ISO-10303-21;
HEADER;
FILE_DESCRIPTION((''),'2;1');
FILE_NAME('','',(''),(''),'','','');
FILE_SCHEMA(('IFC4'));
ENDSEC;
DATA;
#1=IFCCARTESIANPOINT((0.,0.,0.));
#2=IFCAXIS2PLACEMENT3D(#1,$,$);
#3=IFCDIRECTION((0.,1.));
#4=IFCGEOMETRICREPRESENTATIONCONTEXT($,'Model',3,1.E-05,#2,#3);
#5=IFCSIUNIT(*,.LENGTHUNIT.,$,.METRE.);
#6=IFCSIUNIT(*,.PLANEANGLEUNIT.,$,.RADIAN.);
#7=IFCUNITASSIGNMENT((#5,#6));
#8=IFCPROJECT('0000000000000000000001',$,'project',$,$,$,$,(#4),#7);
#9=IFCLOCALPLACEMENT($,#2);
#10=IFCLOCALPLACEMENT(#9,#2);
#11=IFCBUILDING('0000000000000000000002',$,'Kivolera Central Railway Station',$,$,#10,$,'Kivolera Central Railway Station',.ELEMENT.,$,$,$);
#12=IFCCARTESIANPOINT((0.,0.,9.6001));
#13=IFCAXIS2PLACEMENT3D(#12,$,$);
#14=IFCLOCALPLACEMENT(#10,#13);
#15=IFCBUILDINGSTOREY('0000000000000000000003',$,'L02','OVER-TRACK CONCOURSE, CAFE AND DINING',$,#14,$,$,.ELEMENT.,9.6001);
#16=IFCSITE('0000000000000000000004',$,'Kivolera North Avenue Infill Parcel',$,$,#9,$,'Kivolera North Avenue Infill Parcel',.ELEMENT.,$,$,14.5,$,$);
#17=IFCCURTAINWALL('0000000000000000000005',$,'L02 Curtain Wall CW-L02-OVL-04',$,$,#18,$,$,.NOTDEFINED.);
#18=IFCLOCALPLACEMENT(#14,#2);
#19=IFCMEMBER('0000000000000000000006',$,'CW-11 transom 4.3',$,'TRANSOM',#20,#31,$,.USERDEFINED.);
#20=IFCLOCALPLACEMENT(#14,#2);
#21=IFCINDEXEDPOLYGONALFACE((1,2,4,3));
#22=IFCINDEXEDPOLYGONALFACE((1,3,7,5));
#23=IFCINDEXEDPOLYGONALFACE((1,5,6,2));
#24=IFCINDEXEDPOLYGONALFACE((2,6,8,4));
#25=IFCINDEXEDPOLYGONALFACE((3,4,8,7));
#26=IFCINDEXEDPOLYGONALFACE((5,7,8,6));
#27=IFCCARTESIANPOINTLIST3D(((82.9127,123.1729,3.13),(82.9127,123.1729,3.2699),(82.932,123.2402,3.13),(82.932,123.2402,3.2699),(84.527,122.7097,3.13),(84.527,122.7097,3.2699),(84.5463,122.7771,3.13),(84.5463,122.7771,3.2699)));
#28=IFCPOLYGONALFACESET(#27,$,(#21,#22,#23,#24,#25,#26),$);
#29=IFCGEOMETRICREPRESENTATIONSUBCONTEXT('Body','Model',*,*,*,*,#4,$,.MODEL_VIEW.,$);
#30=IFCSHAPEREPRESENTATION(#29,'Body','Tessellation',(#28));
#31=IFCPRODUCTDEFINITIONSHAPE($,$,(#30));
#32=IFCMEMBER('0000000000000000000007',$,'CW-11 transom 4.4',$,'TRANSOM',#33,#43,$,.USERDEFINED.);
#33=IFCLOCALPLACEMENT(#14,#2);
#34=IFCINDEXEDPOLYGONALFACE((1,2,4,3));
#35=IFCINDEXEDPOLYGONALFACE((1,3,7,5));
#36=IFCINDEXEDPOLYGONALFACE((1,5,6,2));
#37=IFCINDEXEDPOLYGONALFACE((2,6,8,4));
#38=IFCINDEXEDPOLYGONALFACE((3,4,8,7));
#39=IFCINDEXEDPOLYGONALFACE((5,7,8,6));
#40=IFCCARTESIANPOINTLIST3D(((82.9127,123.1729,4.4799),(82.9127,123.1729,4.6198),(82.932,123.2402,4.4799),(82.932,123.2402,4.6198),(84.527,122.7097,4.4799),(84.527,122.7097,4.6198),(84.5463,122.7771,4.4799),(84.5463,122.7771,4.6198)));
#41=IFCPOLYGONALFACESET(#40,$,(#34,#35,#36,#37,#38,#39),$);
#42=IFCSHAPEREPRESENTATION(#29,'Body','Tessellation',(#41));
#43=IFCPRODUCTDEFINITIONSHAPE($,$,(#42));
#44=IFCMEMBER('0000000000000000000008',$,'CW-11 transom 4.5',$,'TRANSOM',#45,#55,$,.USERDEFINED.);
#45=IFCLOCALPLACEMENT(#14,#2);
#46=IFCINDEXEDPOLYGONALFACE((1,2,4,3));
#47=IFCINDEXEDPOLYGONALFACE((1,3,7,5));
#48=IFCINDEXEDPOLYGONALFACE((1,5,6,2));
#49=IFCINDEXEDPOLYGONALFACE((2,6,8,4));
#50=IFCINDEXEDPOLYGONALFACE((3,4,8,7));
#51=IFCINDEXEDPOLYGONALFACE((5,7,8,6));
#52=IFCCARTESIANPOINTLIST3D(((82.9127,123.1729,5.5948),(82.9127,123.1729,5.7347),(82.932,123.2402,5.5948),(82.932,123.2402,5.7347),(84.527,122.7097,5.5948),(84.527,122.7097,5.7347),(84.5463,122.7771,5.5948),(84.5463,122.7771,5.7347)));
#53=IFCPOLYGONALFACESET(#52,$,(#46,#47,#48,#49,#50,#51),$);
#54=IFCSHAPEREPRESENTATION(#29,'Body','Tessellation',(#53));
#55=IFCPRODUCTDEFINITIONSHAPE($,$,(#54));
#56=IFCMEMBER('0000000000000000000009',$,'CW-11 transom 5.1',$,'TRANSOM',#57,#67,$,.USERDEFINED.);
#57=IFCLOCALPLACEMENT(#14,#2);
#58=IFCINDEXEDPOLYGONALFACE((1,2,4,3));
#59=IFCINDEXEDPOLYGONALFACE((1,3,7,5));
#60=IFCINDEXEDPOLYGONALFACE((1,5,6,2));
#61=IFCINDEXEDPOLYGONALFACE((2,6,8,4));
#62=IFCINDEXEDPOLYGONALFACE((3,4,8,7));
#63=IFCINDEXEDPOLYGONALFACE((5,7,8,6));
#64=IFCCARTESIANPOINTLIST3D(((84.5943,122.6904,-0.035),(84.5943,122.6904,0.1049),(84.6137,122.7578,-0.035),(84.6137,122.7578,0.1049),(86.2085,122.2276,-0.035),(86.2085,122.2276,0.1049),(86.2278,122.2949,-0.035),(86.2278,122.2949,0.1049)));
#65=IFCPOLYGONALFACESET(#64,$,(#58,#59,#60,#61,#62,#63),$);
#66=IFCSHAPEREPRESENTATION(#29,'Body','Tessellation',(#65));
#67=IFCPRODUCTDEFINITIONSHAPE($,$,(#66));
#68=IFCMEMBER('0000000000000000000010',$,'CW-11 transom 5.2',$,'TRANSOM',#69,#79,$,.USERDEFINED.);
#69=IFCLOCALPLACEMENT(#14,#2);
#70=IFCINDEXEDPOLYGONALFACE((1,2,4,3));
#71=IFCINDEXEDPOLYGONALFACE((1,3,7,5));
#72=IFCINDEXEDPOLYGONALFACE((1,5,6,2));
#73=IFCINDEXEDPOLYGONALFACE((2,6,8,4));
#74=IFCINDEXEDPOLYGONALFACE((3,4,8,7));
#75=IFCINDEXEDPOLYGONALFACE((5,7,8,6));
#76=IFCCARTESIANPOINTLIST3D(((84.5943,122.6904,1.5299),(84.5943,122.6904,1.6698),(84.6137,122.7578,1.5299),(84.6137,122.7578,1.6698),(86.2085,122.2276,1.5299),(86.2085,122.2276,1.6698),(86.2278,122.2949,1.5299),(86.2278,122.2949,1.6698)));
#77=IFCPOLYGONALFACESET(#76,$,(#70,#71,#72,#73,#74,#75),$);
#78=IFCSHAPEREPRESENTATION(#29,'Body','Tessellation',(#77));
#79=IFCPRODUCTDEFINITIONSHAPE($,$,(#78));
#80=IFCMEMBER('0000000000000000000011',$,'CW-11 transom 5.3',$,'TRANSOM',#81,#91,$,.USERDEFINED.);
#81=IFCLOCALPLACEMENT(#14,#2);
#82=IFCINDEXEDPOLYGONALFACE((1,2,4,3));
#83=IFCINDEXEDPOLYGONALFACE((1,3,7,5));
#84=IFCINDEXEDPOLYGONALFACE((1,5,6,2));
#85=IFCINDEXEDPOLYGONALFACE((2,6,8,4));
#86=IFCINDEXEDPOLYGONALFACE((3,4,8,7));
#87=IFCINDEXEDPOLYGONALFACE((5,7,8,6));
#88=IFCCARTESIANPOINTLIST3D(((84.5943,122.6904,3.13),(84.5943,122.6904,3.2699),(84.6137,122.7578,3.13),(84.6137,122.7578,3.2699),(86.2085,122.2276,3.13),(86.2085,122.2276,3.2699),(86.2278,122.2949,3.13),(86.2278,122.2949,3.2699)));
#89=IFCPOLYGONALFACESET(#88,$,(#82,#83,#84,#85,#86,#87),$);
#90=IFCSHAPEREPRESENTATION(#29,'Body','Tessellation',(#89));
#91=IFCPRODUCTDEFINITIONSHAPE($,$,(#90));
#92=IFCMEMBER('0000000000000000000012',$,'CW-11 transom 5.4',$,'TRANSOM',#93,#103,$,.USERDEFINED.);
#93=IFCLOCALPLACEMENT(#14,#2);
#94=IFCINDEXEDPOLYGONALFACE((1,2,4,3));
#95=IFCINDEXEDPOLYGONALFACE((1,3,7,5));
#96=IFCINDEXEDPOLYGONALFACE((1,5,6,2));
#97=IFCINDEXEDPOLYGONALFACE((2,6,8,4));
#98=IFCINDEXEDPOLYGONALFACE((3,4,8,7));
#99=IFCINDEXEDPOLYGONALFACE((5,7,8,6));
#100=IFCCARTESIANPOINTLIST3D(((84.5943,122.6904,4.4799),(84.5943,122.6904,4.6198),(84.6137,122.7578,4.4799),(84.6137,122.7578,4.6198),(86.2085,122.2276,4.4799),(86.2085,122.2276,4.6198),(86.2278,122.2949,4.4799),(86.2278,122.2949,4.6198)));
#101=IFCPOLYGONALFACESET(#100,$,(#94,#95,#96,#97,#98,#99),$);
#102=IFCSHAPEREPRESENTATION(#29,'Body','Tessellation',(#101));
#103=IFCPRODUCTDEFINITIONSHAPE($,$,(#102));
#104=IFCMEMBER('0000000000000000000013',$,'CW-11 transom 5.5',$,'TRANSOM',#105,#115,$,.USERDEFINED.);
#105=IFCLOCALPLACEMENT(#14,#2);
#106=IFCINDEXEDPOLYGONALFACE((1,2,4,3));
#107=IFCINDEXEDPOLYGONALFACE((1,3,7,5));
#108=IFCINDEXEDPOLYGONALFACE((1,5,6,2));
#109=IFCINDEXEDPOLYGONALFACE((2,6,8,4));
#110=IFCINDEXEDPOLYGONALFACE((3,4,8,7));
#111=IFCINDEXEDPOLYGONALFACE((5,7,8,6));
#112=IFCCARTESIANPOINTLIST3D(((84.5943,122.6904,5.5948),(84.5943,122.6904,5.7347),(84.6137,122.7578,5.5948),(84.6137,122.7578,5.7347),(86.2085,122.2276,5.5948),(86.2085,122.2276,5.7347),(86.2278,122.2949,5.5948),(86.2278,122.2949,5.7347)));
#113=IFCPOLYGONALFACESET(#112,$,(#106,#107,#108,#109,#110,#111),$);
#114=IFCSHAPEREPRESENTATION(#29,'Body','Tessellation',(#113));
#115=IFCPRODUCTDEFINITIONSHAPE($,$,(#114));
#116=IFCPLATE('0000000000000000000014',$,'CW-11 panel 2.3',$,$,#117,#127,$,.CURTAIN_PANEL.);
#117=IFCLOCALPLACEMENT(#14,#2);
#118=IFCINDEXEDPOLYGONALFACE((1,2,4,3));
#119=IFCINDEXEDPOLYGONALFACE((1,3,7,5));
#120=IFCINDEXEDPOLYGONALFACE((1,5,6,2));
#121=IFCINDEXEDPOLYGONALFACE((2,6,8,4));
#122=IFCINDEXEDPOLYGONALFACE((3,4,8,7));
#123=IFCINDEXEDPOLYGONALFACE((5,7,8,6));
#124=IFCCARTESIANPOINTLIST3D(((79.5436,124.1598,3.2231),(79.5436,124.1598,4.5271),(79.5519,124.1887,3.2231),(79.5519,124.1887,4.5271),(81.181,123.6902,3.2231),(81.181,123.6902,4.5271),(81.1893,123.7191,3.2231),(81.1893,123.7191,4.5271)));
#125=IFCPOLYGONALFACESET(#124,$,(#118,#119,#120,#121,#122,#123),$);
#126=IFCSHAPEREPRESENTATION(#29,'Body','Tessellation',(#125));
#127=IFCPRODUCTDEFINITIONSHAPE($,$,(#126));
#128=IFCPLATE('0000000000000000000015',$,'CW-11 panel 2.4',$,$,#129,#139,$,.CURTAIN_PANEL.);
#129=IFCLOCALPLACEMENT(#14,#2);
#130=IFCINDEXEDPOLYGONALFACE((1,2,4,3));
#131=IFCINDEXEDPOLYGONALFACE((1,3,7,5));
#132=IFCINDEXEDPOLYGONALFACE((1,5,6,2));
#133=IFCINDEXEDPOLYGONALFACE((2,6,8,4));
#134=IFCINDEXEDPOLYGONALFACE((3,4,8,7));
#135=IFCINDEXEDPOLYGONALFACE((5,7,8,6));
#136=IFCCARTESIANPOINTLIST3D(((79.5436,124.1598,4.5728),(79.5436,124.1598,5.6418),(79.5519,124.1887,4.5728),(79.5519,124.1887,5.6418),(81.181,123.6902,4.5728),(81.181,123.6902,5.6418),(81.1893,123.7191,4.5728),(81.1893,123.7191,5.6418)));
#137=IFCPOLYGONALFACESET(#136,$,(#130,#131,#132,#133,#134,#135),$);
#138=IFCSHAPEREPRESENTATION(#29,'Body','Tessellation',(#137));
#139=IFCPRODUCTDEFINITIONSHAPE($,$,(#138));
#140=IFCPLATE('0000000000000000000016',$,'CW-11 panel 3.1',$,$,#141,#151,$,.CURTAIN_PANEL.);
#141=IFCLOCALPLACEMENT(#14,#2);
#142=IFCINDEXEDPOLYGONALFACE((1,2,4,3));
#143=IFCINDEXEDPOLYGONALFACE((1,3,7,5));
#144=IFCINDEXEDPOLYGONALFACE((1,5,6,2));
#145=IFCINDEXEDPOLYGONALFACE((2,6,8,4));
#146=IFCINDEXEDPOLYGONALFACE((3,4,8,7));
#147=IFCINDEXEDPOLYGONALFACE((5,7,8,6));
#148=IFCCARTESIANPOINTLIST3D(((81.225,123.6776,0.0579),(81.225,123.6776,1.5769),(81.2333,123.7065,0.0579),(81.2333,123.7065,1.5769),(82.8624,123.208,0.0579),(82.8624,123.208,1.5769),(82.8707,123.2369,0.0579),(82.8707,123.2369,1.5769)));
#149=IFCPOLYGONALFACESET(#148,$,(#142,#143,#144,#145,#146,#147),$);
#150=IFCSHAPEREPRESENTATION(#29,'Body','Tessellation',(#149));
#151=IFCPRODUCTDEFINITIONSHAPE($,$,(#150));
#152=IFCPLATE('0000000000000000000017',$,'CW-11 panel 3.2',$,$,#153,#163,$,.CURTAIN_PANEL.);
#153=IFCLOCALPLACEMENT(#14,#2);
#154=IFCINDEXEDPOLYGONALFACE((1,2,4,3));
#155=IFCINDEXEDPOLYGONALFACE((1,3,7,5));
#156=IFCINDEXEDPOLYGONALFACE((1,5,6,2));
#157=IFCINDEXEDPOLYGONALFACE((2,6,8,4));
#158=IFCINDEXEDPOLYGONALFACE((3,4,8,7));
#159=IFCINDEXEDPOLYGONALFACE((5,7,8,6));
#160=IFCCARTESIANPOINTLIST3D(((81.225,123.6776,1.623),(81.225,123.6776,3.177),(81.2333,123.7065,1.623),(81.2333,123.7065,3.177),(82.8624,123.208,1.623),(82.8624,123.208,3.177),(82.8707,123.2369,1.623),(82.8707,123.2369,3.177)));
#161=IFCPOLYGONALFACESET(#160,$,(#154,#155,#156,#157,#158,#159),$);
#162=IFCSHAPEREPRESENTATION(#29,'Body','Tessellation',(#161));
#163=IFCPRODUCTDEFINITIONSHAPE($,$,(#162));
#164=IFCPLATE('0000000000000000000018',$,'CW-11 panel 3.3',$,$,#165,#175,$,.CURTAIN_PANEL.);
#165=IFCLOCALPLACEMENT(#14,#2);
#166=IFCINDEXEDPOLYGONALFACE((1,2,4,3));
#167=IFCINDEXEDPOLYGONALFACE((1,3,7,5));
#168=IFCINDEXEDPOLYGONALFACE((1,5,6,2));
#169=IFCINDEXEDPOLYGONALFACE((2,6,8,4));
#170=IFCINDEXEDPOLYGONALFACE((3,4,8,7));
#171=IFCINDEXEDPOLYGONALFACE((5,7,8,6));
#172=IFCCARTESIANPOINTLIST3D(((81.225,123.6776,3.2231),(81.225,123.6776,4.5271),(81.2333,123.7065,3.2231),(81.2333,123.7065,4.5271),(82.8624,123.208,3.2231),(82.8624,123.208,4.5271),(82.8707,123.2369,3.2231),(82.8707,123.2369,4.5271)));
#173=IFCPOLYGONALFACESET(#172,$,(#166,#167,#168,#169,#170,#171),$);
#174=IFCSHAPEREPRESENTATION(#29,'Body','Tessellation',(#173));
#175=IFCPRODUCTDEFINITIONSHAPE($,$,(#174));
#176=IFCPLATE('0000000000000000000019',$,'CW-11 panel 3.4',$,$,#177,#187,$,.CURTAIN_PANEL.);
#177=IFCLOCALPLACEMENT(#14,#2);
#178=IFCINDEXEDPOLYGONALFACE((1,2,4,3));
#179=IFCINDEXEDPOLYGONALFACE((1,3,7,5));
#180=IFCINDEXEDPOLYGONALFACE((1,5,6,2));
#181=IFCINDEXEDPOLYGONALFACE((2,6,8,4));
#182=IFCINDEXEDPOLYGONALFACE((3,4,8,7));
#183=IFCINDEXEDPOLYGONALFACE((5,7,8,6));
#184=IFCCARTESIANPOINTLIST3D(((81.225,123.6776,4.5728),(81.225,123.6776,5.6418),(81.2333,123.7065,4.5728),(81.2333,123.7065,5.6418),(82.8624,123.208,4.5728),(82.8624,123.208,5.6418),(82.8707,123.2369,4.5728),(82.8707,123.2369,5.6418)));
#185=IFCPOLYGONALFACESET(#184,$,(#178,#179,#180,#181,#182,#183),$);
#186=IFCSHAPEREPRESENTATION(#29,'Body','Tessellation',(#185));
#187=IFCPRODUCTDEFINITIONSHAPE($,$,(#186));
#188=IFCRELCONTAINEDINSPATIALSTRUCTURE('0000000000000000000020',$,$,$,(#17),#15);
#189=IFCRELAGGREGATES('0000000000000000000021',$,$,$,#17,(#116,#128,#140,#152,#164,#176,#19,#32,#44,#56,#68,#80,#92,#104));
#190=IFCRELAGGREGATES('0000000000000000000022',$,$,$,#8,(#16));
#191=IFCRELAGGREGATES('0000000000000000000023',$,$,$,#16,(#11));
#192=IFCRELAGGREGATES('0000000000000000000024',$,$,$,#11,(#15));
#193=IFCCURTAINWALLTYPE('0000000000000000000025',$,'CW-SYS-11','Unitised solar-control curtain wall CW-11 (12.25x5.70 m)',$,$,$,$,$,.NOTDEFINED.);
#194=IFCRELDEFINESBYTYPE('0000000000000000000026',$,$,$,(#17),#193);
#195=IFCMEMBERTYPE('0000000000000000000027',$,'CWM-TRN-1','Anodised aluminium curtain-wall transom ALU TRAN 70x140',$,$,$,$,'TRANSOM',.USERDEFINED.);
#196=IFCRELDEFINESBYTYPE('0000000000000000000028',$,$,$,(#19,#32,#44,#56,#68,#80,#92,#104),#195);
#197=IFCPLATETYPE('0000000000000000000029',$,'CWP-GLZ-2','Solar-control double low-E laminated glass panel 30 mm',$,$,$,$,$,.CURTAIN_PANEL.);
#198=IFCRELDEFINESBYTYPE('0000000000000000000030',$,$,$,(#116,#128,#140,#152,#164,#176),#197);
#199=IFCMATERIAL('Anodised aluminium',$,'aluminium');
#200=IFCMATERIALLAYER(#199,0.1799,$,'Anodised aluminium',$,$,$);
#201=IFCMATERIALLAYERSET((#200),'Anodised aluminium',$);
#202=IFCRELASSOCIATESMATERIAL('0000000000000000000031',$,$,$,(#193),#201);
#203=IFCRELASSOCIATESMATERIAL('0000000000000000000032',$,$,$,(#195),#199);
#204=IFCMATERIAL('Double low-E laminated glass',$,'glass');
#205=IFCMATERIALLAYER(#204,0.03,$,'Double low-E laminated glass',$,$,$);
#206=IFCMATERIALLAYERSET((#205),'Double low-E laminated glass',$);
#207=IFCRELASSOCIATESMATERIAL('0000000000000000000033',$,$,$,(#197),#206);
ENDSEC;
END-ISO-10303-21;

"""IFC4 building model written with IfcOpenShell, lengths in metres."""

from ifc_helpers import new_model, si_unit, direction, frame, origin, origin_2d, place, context, subcontext, project, spatial, rectangle, extrude, material, layer, layer_set, material_profile, profile_set, type_object, element, aggregate, save


model = new_model("IFC4")

# Units and contexts
model_context = context("Model", 3, precision=1e-05, world=origin(), true_north=direction((0.0, 1.0)))
body_context = subcontext(model_context, "Body", "Model", "MODEL_VIEW")
ifc_project = project(units=[si_unit("LENGTHUNIT", "METRE"), si_unit("PLANEANGLEUNIT", "RADIAN")], contexts=[model_context])

# Site, building, storey
site_placement = place(None, origin())
site = spatial("IfcSite", under=ifc_project, at=site_placement, Name="Kivolera North Avenue Infill Parcel", LongName="Kivolera North Avenue Infill Parcel", CompositionType="ELEMENT", RefElevation=14.5)
building_placement = place(site_placement, origin())
building = spatial("IfcBuilding", under=site, at=building_placement, Name="Kivolera Central Railway Station", LongName="Kivolera Central Railway Station", CompositionType="ELEMENT")
storey_placement = place(building_placement, frame((0.0, 0.0, 9.6001)))
storey = spatial("IfcBuildingStorey", under=building, at=storey_placement, Name="L02", Description="OVER-TRACK CONCOURSE, CAFE AND DINING", CompositionType="ELEMENT", Elevation=9.6001)

# Curtain wall, members, plates
ifc_material_1 = material(Name="Anodised aluminium", Category="aluminium")
ifc_layer_1 = layer(ifc_material_1, 0.1799, Name="Anodised aluminium")
ifc_layer_set_1 = layer_set([ifc_layer_1], Name="Anodised aluminium")
curtain_wall_type = type_object("IfcCurtainWallType", Name="CW-SYS-11", Description="Unitised solar-control curtain wall CW-11 (12.25x5.70 m)", PredefinedType="NOTDEFINED", material=ifc_layer_set_1)
curtain_wall_placement = place(storey_placement, origin())
curtain_wall = element("IfcCurtainWall", 1, at=curtain_wall_placement, inside=storey, type_object=curtain_wall_type, Name="L02 Curtain Wall CW-L02-OVL-04", PredefinedType="NOTDEFINED")
ifc_material_profile_1 = material_profile(ifc_material_1, rectangle(XDim=0.0701, YDim=0.1399, at=origin_2d()), Name="ALU TRAN 70x140")
ifc_profile_set_1 = profile_set([ifc_material_profile_1], Name="Anodised aluminium")
member_type_1 = type_object("IfcMemberType", Name="CWM-TRN-1", Description="Anodised aluminium curtain-wall transom ALU TRAN 70x140", ElementType="TRANSOM", PredefinedType="USERDEFINED", material=ifc_profile_set_1)
member_1_placement = place(storey_placement, frame((82.9224, 123.2065, 3.2), z_axis=(0.961222, -0.275777, 0.0), x_axis=(0.275777, 0.961222, 0.0)))
member_1 = element("IfcMember", 2, at=member_1_placement, type_object=member_type_1, Name="CW-11 transom 4.3", ObjectType="TRANSOM", PredefinedType="USERDEFINED", context=body_context, shape_type="SweptSolid", body=[
    extrude(rectangle(XDim=0.0701, YDim=0.1399, at=origin_2d()), origin(), (0.0, 0.0, 1.0), 1.6794),
])
member_2_placement = place(storey_placement, frame((82.9224, 123.2065, 4.5498), z_axis=(0.961222, -0.275777, 0.0), x_axis=(0.275777, 0.961222, 0.0)))
member_2 = element("IfcMember", 3, at=member_2_placement, type_object=member_type_1, Name="CW-11 transom 4.4", ObjectType="TRANSOM", PredefinedType="USERDEFINED", context=body_context, shape_type="SweptSolid", body=[
    extrude(rectangle(XDim=0.0701, YDim=0.1399, at=origin_2d()), origin(), (0.0, 0.0, 1.0), 1.6794),
])
member_3_placement = place(storey_placement, frame((82.9224, 123.2065, 5.6648), z_axis=(0.961222, -0.275777, 0.0), x_axis=(0.275777, 0.961222, 0.0)))
member_3 = element("IfcMember", 4, at=member_3_placement, type_object=member_type_1, Name="CW-11 transom 4.5", ObjectType="TRANSOM", PredefinedType="USERDEFINED", context=body_context, shape_type="SweptSolid", body=[
    extrude(rectangle(XDim=0.0701, YDim=0.1399, at=origin_2d()), origin(), (0.0, 0.0, 1.0), 1.6794),
])
member_4_placement = place(storey_placement, frame((84.604, 122.7241, 0.0349), z_axis=(0.96126, -0.275643, 0.0), x_axis=(0.275643, 0.96126, 0.0)))
member_4 = element("IfcMember", 5, at=member_4_placement, type_object=member_type_1, Name="CW-11 transom 5.1", ObjectType="TRANSOM", PredefinedType="USERDEFINED", context=body_context, shape_type="SweptSolid", body=[
    extrude(rectangle(XDim=0.0701, YDim=0.1399, at=origin_2d()), origin(), (0.0, 0.0, 1.0), 1.6792),
])
member_5_placement = place(storey_placement, frame((84.604, 122.7241, 1.5999), z_axis=(0.96126, -0.275643, 0.0), x_axis=(0.275643, 0.96126, 0.0)))
member_5 = element("IfcMember", 6, at=member_5_placement, type_object=member_type_1, Name="CW-11 transom 5.2", ObjectType="TRANSOM", PredefinedType="USERDEFINED", context=body_context, shape_type="SweptSolid", body=[
    extrude(rectangle(XDim=0.0701, YDim=0.1399, at=origin_2d()), origin(), (0.0, 0.0, 1.0), 1.6792),
])
member_6_placement = place(storey_placement, frame((84.604, 122.7241, 3.2), z_axis=(0.96126, -0.275643, 0.0), x_axis=(0.275643, 0.96126, 0.0)))
member_6 = element("IfcMember", 7, at=member_6_placement, type_object=member_type_1, Name="CW-11 transom 5.3", ObjectType="TRANSOM", PredefinedType="USERDEFINED", context=body_context, shape_type="SweptSolid", body=[
    extrude(rectangle(XDim=0.0701, YDim=0.1399, at=origin_2d()), origin(), (0.0, 0.0, 1.0), 1.6792),
])
member_7_placement = place(storey_placement, frame((84.604, 122.7241, 4.5498), z_axis=(0.96126, -0.275643, 0.0), x_axis=(0.275643, 0.96126, 0.0)))
member_7 = element("IfcMember", 8, at=member_7_placement, type_object=member_type_1, Name="CW-11 transom 5.4", ObjectType="TRANSOM", PredefinedType="USERDEFINED", context=body_context, shape_type="SweptSolid", body=[
    extrude(rectangle(XDim=0.0701, YDim=0.1399, at=origin_2d()), origin(), (0.0, 0.0, 1.0), 1.6792),
])
member_8_placement = place(storey_placement, frame((84.604, 122.7241, 5.6648), z_axis=(0.96126, -0.275643, 0.0), x_axis=(0.275643, 0.96126, 0.0)))
member_8 = element("IfcMember", 9, at=member_8_placement, type_object=member_type_1, Name="CW-11 transom 5.5", ObjectType="TRANSOM", PredefinedType="USERDEFINED", context=body_context, shape_type="SweptSolid", body=[
    extrude(rectangle(XDim=0.0701, YDim=0.1399, at=origin_2d()), origin(), (0.0, 0.0, 1.0), 1.6792),
])
ifc_material_2 = material(Name="Double low-E laminated glass", Category="glass")
ifc_layer_2 = layer(ifc_material_2, 0.03, Name="Double low-E laminated glass")
ifc_layer_set_2 = layer_set([ifc_layer_2], Name="Double low-E laminated glass")
plate_type = type_object("IfcPlateType", Name="CWP-GLZ-2", Description="Solar-control double low-E laminated glass panel 30 mm", PredefinedType="CURTAIN_PANEL", material=ifc_layer_set_2)
plate_1_placement = place(storey_placement, frame((80.3665, 123.9395, 3.2231), z_axis=(0.0, 0.0, 1.0), x_axis=(0.961246, -0.275692, 0.0)))
plate_1 = element("IfcPlate", 10, at=plate_1_placement, type_object=plate_type, Name="CW-11 panel 2.3", PredefinedType="CURTAIN_PANEL", context=body_context, shape_type="SweptSolid", body=[
    extrude(rectangle(XDim=1.7034, YDim=0.03, at=origin_2d()), origin(), (0.0, 0.0, 1.0), 1.304),
])
plate_2_placement = place(storey_placement, frame((80.3665, 123.9395, 4.5728), z_axis=(0.0, 0.0, 1.0), x_axis=(0.961246, -0.275692, 0.0)))
plate_2 = element("IfcPlate", 11, at=plate_2_placement, type_object=plate_type, Name="CW-11 panel 2.4", PredefinedType="CURTAIN_PANEL", context=body_context, shape_type="SweptSolid", body=[
    extrude(rectangle(XDim=1.7034, YDim=0.03, at=origin_2d()), origin(), (0.0, 0.0, 1.0), 1.0691),
])
plate_3_placement = place(storey_placement, frame((82.0479, 123.4573, 0.0579), z_axis=(0.0, 0.0, 1.0), x_axis=(0.961246, -0.275692, 0.0)))
plate_3 = element("IfcPlate", 12, at=plate_3_placement, type_object=plate_type, Name="CW-11 panel 3.1", PredefinedType="CURTAIN_PANEL", context=body_context, shape_type="SweptSolid", body=[
    extrude(rectangle(XDim=1.7034, YDim=0.03, at=origin_2d()), origin(), (0.0, 0.0, 1.0), 1.519),
])
plate_4_placement = place(storey_placement, frame((82.0479, 123.4573, 1.623), z_axis=(0.0, 0.0, 1.0), x_axis=(0.961246, -0.275692, 0.0)))
plate_4 = element("IfcPlate", 13, at=plate_4_placement, type_object=plate_type, Name="CW-11 panel 3.2", PredefinedType="CURTAIN_PANEL", context=body_context, shape_type="SweptSolid", body=[
    extrude(rectangle(XDim=1.7034, YDim=0.03, at=origin_2d()), origin(), (0.0, 0.0, 1.0), 1.554),
])
plate_5_placement = place(storey_placement, frame((82.0479, 123.4573, 3.2231), z_axis=(0.0, 0.0, 1.0), x_axis=(0.961246, -0.275692, 0.0)))
plate_5 = element("IfcPlate", 14, at=plate_5_placement, type_object=plate_type, Name="CW-11 panel 3.3", PredefinedType="CURTAIN_PANEL", context=body_context, shape_type="SweptSolid", body=[
    extrude(rectangle(XDim=1.7034, YDim=0.03, at=origin_2d()), origin(), (0.0, 0.0, 1.0), 1.304),
])
plate_6_placement = place(storey_placement, frame((82.0479, 123.4573, 4.5728), z_axis=(0.0, 0.0, 1.0), x_axis=(0.961246, -0.275692, 0.0)))
plate_6 = element("IfcPlate", 15, at=plate_6_placement, type_object=plate_type, Name="CW-11 panel 3.4", PredefinedType="CURTAIN_PANEL", context=body_context, shape_type="SweptSolid", body=[
    extrude(rectangle(XDim=1.7034, YDim=0.03, at=origin_2d()), origin(), (0.0, 0.0, 1.0), 1.0691),
])
aggregate(curtain_wall, [plate_1, plate_2, plate_3, plate_4, plate_5, plate_6, member_1, member_2, member_3, member_4, member_5, member_6, member_7, member_8])

save(model, "model.ifc")
